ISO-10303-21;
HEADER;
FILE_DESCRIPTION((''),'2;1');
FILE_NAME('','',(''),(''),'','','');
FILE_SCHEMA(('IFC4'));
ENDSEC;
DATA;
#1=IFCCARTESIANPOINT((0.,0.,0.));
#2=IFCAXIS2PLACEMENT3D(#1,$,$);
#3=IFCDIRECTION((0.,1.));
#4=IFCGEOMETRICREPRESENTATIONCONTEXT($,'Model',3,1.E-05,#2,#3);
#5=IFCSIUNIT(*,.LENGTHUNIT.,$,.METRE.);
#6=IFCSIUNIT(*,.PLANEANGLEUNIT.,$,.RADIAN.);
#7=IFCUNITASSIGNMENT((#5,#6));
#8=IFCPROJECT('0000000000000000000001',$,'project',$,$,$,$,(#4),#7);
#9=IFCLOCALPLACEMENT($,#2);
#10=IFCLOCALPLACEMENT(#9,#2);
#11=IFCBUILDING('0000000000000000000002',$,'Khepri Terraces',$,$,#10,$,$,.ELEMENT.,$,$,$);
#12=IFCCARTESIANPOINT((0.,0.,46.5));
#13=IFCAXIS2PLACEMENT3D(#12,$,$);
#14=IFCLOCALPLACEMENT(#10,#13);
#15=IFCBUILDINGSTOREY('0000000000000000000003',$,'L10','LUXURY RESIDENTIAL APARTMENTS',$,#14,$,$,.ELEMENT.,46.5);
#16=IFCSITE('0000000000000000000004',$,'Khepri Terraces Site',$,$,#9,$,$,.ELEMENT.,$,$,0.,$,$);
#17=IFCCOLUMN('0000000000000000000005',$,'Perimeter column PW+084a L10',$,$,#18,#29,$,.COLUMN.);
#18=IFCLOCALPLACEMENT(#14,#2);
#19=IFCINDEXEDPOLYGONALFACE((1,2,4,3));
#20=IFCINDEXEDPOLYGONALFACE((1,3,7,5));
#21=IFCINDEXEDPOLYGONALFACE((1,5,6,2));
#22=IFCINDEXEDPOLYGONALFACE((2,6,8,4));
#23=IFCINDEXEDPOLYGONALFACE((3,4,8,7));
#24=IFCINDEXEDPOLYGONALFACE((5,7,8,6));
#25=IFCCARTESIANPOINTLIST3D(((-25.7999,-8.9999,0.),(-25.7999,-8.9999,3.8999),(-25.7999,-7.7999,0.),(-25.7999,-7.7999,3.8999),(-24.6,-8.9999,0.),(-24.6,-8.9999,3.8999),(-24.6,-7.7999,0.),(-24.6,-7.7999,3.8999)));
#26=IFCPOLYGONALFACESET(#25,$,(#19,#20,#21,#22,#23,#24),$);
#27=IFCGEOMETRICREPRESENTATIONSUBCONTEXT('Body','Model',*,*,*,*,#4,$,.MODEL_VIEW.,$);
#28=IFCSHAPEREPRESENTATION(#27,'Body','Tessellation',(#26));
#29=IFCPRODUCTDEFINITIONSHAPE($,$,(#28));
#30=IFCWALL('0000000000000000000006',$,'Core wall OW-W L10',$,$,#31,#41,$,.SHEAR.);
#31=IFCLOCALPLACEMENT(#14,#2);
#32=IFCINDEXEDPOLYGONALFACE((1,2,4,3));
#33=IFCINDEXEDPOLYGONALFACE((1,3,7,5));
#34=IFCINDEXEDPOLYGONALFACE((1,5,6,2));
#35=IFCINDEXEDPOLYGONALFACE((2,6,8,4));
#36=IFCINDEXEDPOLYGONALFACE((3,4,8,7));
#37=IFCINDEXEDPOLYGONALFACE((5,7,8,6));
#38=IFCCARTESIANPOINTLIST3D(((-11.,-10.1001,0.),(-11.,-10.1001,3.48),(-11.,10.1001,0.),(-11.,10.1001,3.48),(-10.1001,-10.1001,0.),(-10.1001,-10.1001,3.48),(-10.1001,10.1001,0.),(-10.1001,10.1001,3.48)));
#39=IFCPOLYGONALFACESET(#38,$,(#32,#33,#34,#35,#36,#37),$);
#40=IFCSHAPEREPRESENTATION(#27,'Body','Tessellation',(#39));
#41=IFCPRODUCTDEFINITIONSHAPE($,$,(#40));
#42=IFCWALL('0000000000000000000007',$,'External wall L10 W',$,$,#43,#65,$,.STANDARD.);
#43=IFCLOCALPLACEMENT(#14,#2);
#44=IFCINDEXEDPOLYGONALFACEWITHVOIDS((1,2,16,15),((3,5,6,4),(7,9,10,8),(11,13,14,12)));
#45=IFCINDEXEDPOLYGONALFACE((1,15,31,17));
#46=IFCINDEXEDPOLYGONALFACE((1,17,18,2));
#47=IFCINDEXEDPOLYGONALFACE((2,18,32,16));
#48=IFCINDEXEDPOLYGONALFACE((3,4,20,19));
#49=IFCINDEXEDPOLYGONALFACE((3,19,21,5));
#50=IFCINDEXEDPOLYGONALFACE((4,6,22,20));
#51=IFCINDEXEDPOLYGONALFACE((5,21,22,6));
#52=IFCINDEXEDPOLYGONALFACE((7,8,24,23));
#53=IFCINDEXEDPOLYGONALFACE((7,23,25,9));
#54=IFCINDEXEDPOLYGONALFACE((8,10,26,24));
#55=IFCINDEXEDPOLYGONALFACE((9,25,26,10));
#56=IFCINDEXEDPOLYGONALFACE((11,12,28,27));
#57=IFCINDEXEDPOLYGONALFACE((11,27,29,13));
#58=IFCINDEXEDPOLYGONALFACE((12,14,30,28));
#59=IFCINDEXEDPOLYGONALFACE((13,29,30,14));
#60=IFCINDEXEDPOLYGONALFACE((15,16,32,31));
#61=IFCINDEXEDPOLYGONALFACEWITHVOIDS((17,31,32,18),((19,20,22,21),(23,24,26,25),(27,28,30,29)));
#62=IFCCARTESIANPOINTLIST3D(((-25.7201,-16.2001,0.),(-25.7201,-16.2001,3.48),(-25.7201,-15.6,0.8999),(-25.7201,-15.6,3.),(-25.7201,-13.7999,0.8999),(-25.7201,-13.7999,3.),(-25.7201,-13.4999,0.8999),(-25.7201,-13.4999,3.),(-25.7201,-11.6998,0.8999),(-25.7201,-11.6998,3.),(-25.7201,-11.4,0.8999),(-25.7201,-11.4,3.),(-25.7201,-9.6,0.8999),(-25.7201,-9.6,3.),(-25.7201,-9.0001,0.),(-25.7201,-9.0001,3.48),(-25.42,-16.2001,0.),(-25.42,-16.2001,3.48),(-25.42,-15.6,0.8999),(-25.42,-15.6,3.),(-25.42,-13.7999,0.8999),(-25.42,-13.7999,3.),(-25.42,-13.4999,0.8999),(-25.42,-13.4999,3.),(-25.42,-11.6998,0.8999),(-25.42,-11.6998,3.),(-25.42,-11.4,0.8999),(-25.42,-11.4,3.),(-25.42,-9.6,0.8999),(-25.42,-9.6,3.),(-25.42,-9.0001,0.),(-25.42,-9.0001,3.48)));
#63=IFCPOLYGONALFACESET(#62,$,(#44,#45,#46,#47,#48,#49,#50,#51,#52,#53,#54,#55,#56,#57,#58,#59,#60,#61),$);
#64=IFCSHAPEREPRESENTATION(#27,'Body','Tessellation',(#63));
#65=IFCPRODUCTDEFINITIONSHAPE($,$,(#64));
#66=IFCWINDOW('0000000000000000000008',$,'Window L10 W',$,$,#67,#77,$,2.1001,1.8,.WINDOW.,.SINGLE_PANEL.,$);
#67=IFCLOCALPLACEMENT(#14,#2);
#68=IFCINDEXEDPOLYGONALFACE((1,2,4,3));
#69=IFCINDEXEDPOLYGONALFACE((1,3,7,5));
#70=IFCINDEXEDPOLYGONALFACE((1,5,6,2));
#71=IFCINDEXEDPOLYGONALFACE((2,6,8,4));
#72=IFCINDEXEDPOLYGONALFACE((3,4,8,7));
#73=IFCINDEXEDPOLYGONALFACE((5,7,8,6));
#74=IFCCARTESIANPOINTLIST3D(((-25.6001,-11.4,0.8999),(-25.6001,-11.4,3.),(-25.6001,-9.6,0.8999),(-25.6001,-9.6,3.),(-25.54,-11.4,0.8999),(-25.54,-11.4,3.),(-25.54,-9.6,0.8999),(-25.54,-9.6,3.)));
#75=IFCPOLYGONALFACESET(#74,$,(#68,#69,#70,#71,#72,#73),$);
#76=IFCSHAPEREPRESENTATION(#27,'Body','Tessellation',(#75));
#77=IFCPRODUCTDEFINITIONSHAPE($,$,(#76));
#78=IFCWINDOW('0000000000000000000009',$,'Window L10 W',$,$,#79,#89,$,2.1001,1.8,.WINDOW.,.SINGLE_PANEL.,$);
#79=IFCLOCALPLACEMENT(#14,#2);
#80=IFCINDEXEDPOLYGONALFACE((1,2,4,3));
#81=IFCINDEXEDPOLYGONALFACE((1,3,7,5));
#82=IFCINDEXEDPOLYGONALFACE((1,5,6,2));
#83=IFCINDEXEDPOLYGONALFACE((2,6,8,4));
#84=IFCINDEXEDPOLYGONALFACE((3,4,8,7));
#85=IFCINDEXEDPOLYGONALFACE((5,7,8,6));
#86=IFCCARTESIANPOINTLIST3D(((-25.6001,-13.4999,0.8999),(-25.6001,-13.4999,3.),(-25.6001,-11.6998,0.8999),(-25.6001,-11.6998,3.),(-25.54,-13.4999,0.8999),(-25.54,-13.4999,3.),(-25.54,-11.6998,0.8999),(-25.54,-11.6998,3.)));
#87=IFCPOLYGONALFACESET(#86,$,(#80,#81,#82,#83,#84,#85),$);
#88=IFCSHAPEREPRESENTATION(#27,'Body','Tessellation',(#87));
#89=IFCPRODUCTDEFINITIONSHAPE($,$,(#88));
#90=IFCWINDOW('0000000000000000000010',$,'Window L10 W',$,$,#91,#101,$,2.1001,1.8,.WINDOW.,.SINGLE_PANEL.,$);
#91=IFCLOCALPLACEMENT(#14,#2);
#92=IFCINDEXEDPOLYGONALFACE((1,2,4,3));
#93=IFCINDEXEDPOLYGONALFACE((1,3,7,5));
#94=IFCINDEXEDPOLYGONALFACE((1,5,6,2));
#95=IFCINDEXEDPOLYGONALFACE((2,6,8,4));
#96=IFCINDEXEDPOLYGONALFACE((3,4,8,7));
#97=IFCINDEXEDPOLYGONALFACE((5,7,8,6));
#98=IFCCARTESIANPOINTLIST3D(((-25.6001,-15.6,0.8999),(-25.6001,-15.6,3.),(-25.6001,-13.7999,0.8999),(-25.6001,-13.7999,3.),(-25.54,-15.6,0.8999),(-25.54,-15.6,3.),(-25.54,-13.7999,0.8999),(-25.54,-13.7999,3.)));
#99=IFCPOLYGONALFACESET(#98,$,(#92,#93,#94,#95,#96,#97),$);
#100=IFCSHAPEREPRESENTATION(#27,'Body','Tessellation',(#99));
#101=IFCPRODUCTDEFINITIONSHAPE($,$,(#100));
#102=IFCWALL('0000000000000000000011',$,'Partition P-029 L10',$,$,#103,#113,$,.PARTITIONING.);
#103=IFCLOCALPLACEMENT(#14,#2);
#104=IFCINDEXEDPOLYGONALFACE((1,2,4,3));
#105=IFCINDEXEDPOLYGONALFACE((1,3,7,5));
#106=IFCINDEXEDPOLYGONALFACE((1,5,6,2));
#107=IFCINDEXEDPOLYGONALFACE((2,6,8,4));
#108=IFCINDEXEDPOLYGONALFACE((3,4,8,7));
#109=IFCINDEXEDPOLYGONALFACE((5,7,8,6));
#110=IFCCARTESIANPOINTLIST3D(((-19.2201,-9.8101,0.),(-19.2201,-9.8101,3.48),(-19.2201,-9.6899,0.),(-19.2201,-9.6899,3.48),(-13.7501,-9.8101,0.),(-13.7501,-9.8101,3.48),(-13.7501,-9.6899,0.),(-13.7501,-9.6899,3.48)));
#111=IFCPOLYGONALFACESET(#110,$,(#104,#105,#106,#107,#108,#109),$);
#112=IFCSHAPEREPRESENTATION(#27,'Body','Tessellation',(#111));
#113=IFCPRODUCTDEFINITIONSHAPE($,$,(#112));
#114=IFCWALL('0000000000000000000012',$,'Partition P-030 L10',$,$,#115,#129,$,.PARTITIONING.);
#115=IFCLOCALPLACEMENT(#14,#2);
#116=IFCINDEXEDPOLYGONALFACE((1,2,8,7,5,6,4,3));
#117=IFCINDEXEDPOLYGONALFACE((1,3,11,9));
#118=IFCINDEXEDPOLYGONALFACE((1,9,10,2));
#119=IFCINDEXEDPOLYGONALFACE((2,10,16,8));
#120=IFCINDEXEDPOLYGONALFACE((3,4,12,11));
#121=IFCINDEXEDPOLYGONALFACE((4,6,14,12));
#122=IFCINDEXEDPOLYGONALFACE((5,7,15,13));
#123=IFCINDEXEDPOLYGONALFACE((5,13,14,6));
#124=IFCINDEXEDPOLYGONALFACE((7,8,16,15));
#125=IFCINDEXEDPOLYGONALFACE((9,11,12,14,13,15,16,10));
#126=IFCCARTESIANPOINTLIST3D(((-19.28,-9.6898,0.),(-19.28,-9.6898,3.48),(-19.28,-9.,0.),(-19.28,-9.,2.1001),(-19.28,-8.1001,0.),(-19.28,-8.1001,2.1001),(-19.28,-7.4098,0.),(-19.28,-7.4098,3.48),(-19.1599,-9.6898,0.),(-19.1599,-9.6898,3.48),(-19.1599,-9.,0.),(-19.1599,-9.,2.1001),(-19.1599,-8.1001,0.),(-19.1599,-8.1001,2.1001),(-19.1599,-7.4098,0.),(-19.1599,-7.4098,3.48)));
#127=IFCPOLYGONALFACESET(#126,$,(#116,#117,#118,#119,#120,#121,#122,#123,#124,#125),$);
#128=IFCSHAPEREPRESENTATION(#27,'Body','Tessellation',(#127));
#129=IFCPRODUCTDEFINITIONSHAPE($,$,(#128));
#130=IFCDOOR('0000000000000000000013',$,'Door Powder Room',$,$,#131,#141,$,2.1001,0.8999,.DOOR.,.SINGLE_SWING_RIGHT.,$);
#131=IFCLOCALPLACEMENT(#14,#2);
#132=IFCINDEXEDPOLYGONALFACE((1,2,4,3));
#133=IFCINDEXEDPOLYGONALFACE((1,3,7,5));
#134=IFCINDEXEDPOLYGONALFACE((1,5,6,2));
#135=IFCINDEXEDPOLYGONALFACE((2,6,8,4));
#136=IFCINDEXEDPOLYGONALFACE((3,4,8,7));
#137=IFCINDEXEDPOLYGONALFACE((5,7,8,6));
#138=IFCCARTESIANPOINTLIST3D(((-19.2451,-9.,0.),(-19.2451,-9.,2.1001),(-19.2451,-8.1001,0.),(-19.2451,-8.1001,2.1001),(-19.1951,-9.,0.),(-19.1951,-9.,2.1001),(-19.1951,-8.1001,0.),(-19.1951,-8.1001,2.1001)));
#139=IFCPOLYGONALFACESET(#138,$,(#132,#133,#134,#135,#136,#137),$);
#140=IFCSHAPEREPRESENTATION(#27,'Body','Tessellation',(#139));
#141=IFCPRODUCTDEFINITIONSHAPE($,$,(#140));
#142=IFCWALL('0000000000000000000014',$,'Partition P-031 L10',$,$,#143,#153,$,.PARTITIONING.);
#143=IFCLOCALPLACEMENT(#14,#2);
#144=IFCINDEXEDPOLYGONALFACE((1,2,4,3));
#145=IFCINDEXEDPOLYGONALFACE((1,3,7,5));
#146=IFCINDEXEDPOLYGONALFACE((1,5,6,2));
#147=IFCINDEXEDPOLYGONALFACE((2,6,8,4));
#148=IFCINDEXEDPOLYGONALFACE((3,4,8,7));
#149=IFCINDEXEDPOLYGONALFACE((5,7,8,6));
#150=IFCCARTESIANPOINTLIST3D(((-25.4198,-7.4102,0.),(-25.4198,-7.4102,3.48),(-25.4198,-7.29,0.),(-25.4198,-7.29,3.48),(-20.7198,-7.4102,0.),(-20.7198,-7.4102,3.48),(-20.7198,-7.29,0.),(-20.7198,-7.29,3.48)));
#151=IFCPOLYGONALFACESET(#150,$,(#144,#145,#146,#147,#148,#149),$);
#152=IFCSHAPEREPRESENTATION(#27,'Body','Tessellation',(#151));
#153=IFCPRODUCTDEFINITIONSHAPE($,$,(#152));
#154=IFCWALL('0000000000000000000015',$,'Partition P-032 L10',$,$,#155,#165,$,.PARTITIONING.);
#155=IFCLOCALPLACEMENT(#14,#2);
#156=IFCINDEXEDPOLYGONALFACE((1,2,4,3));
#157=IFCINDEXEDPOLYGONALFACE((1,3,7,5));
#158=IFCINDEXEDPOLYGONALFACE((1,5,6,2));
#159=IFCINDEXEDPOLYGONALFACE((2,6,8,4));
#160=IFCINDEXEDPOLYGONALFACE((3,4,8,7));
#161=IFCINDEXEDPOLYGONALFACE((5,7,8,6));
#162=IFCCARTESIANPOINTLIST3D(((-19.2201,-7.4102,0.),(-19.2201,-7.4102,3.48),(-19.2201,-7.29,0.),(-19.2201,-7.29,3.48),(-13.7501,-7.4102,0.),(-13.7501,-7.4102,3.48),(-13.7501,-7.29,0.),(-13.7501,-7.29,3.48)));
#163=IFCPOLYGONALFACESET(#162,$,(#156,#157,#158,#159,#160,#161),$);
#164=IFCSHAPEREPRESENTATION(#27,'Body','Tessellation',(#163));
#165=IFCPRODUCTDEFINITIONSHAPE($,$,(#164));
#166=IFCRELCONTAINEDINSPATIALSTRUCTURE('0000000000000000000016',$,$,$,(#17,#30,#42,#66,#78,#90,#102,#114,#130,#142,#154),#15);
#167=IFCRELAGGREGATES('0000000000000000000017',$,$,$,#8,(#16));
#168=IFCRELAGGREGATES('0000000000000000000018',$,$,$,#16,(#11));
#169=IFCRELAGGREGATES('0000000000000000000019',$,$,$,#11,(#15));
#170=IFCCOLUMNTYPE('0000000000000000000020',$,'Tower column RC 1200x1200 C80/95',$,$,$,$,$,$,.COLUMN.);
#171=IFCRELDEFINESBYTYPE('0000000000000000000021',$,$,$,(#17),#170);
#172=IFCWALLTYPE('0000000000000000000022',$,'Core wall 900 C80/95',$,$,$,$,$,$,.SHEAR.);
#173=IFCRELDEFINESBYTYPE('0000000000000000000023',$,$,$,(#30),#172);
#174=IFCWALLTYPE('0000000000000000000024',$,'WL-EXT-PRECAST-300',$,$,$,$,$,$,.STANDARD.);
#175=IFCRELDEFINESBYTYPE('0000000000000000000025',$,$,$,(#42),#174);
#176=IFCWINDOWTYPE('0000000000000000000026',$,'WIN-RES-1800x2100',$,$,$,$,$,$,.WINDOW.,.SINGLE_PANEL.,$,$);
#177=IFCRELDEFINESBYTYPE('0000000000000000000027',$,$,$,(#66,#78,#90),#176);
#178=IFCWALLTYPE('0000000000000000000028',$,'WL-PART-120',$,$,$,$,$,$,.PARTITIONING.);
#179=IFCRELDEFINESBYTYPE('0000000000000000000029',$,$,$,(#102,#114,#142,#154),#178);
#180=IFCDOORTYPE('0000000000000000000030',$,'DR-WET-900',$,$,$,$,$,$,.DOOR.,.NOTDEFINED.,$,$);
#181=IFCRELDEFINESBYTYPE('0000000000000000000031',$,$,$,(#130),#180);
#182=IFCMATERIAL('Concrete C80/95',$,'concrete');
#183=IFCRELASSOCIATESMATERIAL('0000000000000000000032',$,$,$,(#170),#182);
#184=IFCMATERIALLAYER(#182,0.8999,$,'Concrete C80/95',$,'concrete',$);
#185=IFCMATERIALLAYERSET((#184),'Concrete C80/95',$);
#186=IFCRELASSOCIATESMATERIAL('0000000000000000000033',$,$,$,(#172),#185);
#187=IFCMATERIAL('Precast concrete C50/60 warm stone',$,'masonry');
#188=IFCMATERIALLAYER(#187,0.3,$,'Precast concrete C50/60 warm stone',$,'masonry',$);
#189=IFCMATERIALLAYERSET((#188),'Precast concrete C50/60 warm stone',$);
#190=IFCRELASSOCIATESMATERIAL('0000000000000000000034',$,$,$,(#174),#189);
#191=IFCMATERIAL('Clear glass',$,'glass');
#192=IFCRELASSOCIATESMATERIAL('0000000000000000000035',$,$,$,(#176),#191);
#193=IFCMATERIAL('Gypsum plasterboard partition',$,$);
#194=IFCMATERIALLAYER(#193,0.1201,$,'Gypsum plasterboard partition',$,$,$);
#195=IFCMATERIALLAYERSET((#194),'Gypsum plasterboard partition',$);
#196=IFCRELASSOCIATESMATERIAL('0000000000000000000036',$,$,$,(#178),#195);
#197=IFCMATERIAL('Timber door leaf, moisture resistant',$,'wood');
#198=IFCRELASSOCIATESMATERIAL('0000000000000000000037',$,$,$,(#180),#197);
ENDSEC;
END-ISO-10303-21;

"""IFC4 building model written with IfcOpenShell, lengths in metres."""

from ifc_helpers import new_model, si_unit, direction, frame, frame_2d, origin, origin_2d, place, context, subcontext, project, spatial, rectangle, extrude, material, layer, layer_set, material_profile, profile_set, type_object, element, fill, save


model = new_model("IFC4")

# Units and contexts
model_context = context("Model", 3, precision=1e-05, world=origin(), true_north=direction((0.0, 1.0)))
body_context = subcontext(model_context, "Body", "Model", "MODEL_VIEW")
ifc_project = project(units=[si_unit("LENGTHUNIT", "METRE"), si_unit("PLANEANGLEUNIT", "RADIAN")], contexts=[model_context])

# Site, building, storey
site_placement = place(None, origin())
site = spatial("IfcSite", under=ifc_project, at=site_placement, Name="Khepri Terraces Site", CompositionType="ELEMENT", RefElevation=0.0)
building_placement = place(site_placement, origin())
building = spatial("IfcBuilding", under=site, at=building_placement, Name="Khepri Terraces", CompositionType="ELEMENT")
storey_placement = place(building_placement, frame((0.0, 0.0, 46.5)))
storey = spatial("IfcBuildingStorey", under=building, at=storey_placement, Name="L10", Description="LUXURY RESIDENTIAL APARTMENTS", CompositionType="ELEMENT", Elevation=46.5)

# Column
ifc_material_1 = material(Name="Concrete C80/95", Category="concrete")
ifc_material_profile = material_profile(ifc_material_1, rectangle(XDim=1.2, YDim=1.2, at=origin_2d()), Name="Concrete C80/95", Category="concrete")
ifc_profile_set = profile_set([ifc_material_profile], Name="Concrete C80/95")
column_type = type_object("IfcColumnType", Name="Tower column RC 1200x1200 C80/95", PredefinedType="COLUMN", material=ifc_profile_set)
column_placement = place(storey_placement, frame((-25.2, -8.3999, 0.0), z_axis=(0.0, 0.0, 1.0), x_axis=(1.0, 0.0, 0.0)))
element("IfcColumn", 1, at=column_placement, inside=storey, type_object=column_type, Name="Perimeter column PW+084a L10", PredefinedType="COLUMN", context=body_context, shape_type="SweptSolid", body=[
    extrude(rectangle(XDim=1.2, YDim=1.2, at=origin_2d()), origin(), (0.0, 0.0, 1.0), 3.8999),
])

# Wall
ifc_layer_1 = layer(ifc_material_1, 0.8999, Name="Concrete C80/95", Category="concrete")
ifc_layer_set_1 = layer_set([ifc_layer_1], Name="Concrete C80/95")
wall_type_1 = type_object("IfcWallType", Name="Core wall 900 C80/95", PredefinedType="SHEAR", material=ifc_layer_set_1)
wall_1_placement = place(storey_placement, frame((-10.55, -10.1001, 0.0), z_axis=(0.0, 0.0, 1.0), x_axis=(0.0, 1.0, 0.0)))
element("IfcWall", 2, at=wall_1_placement, inside=storey, type_object=wall_type_1, Name="Core wall OW-W L10", PredefinedType="SHEAR", context=body_context, shape_type="SweptSolid", body=[
    extrude(rectangle(XDim=20.2002, YDim=0.8999, at=frame_2d((10.1001, 0.0))), origin(), (0.0, 0.0, 1.0), 3.48),
])

# Shared definitions
ifc_material_2 = material(Name="Precast concrete C50/60 warm stone", Category="masonry")
ifc_layer_2 = layer(ifc_material_2, 0.3, Name="Precast concrete C50/60 warm stone", Category="masonry")
ifc_layer_set_2 = layer_set([ifc_layer_2], Name="Precast concrete C50/60 warm stone")
wall_type_2 = type_object("IfcWallType", Name="WL-EXT-PRECAST-300", PredefinedType="STANDARD", material=ifc_layer_set_2)
ifc_material_3 = material(Name="Clear glass", Category="glass")
window_type = type_object("IfcWindowType", Name="WIN-RES-1800x2100", PartitioningType="SINGLE_PANEL", PredefinedType="WINDOW", material=ifc_material_3)

# Wall, openings, windows
wall_2_placement = place(storey_placement, frame((-25.5701, -9.0, 0.0), z_axis=(0.0, 0.0, 1.0), x_axis=(0.0, -1.0, 0.0)))
wall_2 = element("IfcWall", 3, at=wall_2_placement, inside=storey, type_object=wall_type_2, Name="External wall L10 W", PredefinedType="STANDARD", context=body_context, shape_type="SweptSolid", body=[
    extrude(rectangle(XDim=7.2, YDim=0.3, at=frame_2d((3.6001, 0.0))), origin(), (0.0, 0.0, 1.0), 3.48),
])
opening_1_placement = place(wall_2_placement, frame((0.6001, 0.0, 0.8999)))
opening_1 = element("IfcOpeningElement", 4, at=opening_1_placement, cuts=wall_2, PredefinedType="OPENING", context=body_context, shape_type="SweptSolid", body=[
    extrude(rectangle(XDim=1.8, YDim=2.1001, at=frame_2d((0.8999, 1.05))), frame((0.0, 0.1602, 0.0), z_axis=(0.0, -1.0, 0.0), x_axis=(1.0, 0.0, 0.0)), (0.0, 0.0, 1.0), 0.3201),
])
opening_2_placement = place(wall_2_placement, frame((2.7, 0.0, 0.8999)))
opening_2 = element("IfcOpeningElement", 5, at=opening_2_placement, cuts=wall_2, PredefinedType="OPENING", context=body_context, shape_type="SweptSolid", body=[
    extrude(rectangle(XDim=1.8, YDim=2.1001, at=frame_2d((0.8999, 1.05))), frame((0.0, 0.1602, 0.0), z_axis=(0.0, -1.0, 0.0), x_axis=(1.0, 0.0, 0.0)), (0.0, 0.0, 1.0), 0.3201),
])
opening_3_placement = place(wall_2_placement, frame((4.8, 0.0, 0.8999)))
opening_3 = element("IfcOpeningElement", 6, at=opening_3_placement, cuts=wall_2, PredefinedType="OPENING", context=body_context, shape_type="SweptSolid", body=[
    extrude(rectangle(XDim=1.8, YDim=2.1001, at=frame_2d((0.8999, 1.05))), frame((0.0, 0.1602, 0.0), z_axis=(0.0, -1.0, 0.0), x_axis=(1.0, 0.0, 0.0)), (0.0, 0.0, 1.0), 0.3201),
])
window_1_placement = place(opening_1_placement, origin())
window_1 = element("IfcWindow", 7, at=window_1_placement, inside=storey, type_object=window_type, Name="Window L10 W", OverallHeight=2.1001, OverallWidth=1.8, PartitioningType="SINGLE_PANEL", PredefinedType="WINDOW", context=body_context, shape_type="SweptSolid", body=[
    extrude(rectangle(XDim=1.8, YDim=2.1001, at=frame_2d((0.8999, 1.05))), frame((0.0, 0.03, 0.0), z_axis=(0.0, -1.0, 0.0), x_axis=(1.0, 0.0, 0.0)), (0.0, 0.0, 1.0), 0.0601),
])
fill(opening_1, window_1)
window_2_placement = place(opening_2_placement, origin())
window_2 = element("IfcWindow", 8, at=window_2_placement, inside=storey, type_object=window_type, Name="Window L10 W", OverallHeight=2.1001, OverallWidth=1.8, PartitioningType="SINGLE_PANEL", PredefinedType="WINDOW", context=body_context, shape_type="SweptSolid", body=[
    extrude(rectangle(XDim=1.8, YDim=2.1001, at=frame_2d((0.8999, 1.05))), frame((0.0, 0.03, 0.0), z_axis=(0.0, -1.0, 0.0), x_axis=(1.0, 0.0, 0.0)), (0.0, 0.0, 1.0), 0.0601),
])
fill(opening_2, window_2)
window_3_placement = place(opening_3_placement, origin())
window_3 = element("IfcWindow", 9, at=window_3_placement, inside=storey, type_object=window_type, Name="Window L10 W", OverallHeight=2.1001, OverallWidth=1.8, PartitioningType="SINGLE_PANEL", PredefinedType="WINDOW", context=body_context, shape_type="SweptSolid", body=[
    extrude(rectangle(XDim=1.8, YDim=2.1001, at=frame_2d((0.8999, 1.05))), frame((0.0, 0.03, 0.0), z_axis=(0.0, -1.0, 0.0), x_axis=(1.0, 0.0, 0.0)), (0.0, 0.0, 1.0), 0.0601),
])
fill(opening_3, window_3)

# Wall
ifc_material_4 = material(Name="Gypsum plasterboard partition")
ifc_layer_3 = layer(ifc_material_4, 0.1201, Name="Gypsum plasterboard partition")
ifc_layer_set_3 = layer_set([ifc_layer_3], Name="Gypsum plasterboard partition")
wall_type_3 = type_object("IfcWallType", Name="WL-PART-120", PredefinedType="PARTITIONING", material=ifc_layer_set_3)
wall_3_placement = place(storey_placement, frame((-19.22, -9.75, 0.0), z_axis=(0.0, 0.0, 1.0), x_axis=(1.0, 0.0, 0.0)))
element("IfcWall", 10, at=wall_3_placement, inside=storey, type_object=wall_type_3, Name="Partition P-029 L10", PredefinedType="PARTITIONING", context=body_context, shape_type="SweptSolid", body=[
    extrude(rectangle(XDim=5.47, YDim=0.1201, at=frame_2d((2.7349, 0.0))), origin(), (0.0, 0.0, 1.0), 3.48),
])

# Wall, opening, door
wall_4_placement = place(storey_placement, frame((-19.22, -9.6899, 0.0), z_axis=(0.0, 0.0, 1.0), x_axis=(0.0, 1.0, 0.0)))
wall_4 = element("IfcWall", 11, at=wall_4_placement, inside=storey, type_object=wall_type_3, Name="Partition P-030 L10", PredefinedType="PARTITIONING", context=body_context, shape_type="SweptSolid", body=[
    extrude(rectangle(XDim=2.28, YDim=0.1201, at=frame_2d((1.1401, 0.0))), origin(), (0.0, 0.0, 1.0), 3.48),
])
opening_4_placement = place(wall_4_placement, frame((0.6899, 0.0, 0.0)))
opening_4 = element("IfcOpeningElement", 12, at=opening_4_placement, cuts=wall_4, PredefinedType="OPENING", context=body_context, shape_type="SweptSolid", body=[
    extrude(rectangle(XDim=0.8999, YDim=2.1001, at=frame_2d((0.45, 1.05))), frame((0.0, 0.0701, 0.0), z_axis=(0.0, -1.0, 0.0), x_axis=(1.0, 0.0, 0.0)), (0.0, 0.0, 1.0), 0.1401),
])
ifc_material_5 = material(Name="Timber door leaf, moisture resistant", Category="wood")
door_type_1 = type_object("IfcDoorType", Name="DR-WET-900", OperationType="NOTDEFINED", PredefinedType="DOOR", material=ifc_material_5)
door_1_placement = place(opening_4_placement, frame((0.8999, 0.0, 0.0), z_axis=(0.0, 0.0, 1.0), x_axis=(-1.0, 0.0, 0.0)))
door_1 = element("IfcDoor", 13, at=door_1_placement, inside=storey, type_object=door_type_1, Name="Door Powder Room", OperationType="SINGLE_SWING_RIGHT", OverallHeight=2.1001, OverallWidth=0.8999, PredefinedType="DOOR", context=body_context, shape_type="SweptSolid", body=[
    extrude(rectangle(XDim=0.8999, YDim=2.1001, at=frame_2d((0.45, 1.05))), frame((0.0, 0.0249, 0.0), z_axis=(0.0, -1.0, 0.0), x_axis=(1.0, 0.0, 0.0)), (0.0, 0.0, 1.0), 0.05),
])
fill(opening_4, door_1)

# Walls
wall_5_placement = place(storey_placement, frame((-25.4199, -7.3501, 0.0), z_axis=(0.0, 0.0, 1.0), x_axis=(1.0, 0.0, 0.0)))
element("IfcWall", 14, at=wall_5_placement, inside=storey, type_object=wall_type_3, Name="Partition P-031 L10", PredefinedType="PARTITIONING", context=body_context, shape_type="SweptSolid", body=[
    extrude(rectangle(XDim=4.7, YDim=0.1201, at=frame_2d((2.3501, 0.0))), origin(), (0.0, 0.0, 1.0), 3.48),
])
wall_6_placement = place(storey_placement, frame((-19.22, -7.3501, 0.0), z_axis=(0.0, 0.0, 1.0), x_axis=(1.0, 0.0, 0.0)))
element("IfcWall", 15, at=wall_6_placement, inside=storey, type_object=wall_type_3, Name="Partition P-032 L10", PredefinedType="PARTITIONING", context=body_context, shape_type="SweptSolid", body=[
    extrude(rectangle(XDim=5.47, YDim=0.1201, at=frame_2d((2.7349, 0.0))), origin(), (0.0, 0.0, 1.0), 3.48),
])

save(model, "model.ifc")
